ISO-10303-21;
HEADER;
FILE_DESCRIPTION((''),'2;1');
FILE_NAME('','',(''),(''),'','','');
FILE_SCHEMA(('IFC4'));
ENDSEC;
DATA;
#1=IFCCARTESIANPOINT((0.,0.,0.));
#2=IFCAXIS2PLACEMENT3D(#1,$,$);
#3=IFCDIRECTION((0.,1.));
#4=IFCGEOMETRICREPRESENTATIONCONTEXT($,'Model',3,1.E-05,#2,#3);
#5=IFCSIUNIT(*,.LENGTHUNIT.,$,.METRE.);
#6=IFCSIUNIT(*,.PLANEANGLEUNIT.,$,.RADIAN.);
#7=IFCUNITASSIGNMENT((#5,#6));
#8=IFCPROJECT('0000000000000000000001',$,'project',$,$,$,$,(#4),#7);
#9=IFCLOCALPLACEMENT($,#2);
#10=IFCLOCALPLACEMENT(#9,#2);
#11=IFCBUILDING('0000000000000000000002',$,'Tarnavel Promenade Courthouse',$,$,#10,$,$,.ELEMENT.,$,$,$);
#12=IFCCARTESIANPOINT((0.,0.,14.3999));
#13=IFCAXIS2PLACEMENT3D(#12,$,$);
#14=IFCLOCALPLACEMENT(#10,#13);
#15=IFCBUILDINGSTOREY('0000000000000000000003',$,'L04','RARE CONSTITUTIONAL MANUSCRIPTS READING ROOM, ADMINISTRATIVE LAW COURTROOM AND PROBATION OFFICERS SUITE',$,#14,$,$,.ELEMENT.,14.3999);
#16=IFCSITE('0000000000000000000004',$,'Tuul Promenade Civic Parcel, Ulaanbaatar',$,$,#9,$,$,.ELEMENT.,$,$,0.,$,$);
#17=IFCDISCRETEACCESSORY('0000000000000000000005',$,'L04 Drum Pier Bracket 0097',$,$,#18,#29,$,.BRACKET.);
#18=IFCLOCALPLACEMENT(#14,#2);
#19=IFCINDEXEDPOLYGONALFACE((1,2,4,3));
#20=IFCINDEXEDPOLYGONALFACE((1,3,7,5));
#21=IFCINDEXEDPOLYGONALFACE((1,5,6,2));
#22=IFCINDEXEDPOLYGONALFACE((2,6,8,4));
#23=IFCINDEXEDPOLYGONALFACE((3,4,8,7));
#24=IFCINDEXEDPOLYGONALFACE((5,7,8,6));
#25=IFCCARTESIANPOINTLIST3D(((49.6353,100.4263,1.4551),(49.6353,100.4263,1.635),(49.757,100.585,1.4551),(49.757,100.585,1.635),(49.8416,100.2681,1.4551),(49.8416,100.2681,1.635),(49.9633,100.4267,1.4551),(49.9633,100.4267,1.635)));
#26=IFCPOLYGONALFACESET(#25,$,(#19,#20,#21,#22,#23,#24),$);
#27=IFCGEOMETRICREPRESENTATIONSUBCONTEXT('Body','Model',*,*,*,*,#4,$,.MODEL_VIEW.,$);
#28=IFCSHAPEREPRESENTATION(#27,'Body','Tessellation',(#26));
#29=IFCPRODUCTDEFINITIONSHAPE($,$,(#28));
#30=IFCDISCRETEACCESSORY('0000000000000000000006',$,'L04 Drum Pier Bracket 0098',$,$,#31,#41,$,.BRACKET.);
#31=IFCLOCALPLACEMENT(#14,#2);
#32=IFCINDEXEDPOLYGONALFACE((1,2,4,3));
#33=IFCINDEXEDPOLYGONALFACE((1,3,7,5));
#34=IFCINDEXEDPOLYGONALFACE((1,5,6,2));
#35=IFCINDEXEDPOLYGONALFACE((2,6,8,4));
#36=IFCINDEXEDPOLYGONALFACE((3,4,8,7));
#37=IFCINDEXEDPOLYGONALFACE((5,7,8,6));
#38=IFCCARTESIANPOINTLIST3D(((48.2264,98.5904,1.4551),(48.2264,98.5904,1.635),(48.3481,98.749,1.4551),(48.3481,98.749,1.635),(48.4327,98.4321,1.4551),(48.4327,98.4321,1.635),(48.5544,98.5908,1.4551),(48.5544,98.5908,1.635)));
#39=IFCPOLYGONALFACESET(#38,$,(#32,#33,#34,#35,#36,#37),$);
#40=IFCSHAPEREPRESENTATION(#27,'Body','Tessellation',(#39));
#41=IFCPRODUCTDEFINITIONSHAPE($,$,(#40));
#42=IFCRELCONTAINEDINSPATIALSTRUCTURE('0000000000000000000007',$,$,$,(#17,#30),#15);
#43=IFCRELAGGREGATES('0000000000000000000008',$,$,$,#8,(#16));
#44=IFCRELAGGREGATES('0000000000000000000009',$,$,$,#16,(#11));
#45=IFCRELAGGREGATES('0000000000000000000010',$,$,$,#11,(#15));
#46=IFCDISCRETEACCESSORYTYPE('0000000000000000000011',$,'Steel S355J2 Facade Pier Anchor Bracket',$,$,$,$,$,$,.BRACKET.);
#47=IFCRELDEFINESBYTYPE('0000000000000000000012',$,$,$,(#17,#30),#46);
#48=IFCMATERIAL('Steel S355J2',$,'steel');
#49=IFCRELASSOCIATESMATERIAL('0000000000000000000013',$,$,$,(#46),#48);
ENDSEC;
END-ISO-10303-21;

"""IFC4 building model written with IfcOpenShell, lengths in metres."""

from ifc_helpers import new_model, si_unit, direction, frame, origin, origin_2d, place, context, subcontext, project, spatial, rectangle, extrude, material, type_object, element, save


model = new_model("IFC4")

# Units and contexts
model_context = context("Model", 3, precision=1e-05, world=origin(), true_north=direction((0.0, 1.0)))
body_context = subcontext(model_context, "Body", "Model", "MODEL_VIEW")
ifc_project = project(units=[si_unit("LENGTHUNIT", "METRE"), si_unit("PLANEANGLEUNIT", "RADIAN")], contexts=[model_context])

# Site, building, storey
site_placement = place(None, origin())
site = spatial("IfcSite", under=ifc_project, at=site_placement, Name="Tuul Promenade Civic Parcel, Ulaanbaatar", CompositionType="ELEMENT", RefElevation=0.0)
building_placement = place(site_placement, origin())
building = spatial("IfcBuilding", under=site, at=building_placement, Name="Tarnavel Promenade Courthouse", CompositionType="ELEMENT")
storey_placement = place(building_placement, frame((0.0, 0.0, 14.3999)))
storey = spatial("IfcBuildingStorey", under=building, at=storey_placement, Name="L04", Description="RARE CONSTITUTIONAL MANUSCRIPTS READING ROOM, ADMINISTRATIVE LAW COURTROOM AND PROBATION OFFICERS SUITE", CompositionType="ELEMENT", Elevation=14.3999)

# Discrete accessories
ifc_material_1 = material(Name="Steel S355J2", Category="steel")
discrete_accessory_type = type_object("IfcDiscreteAccessoryType", Name="Steel S355J2 Facade Pier Anchor Bracket", PredefinedType="BRACKET", material=ifc_material_1)
for number, where, z_axis, x_axis, name in (
    (1, (49.7993, 100.4265, 1.4551), (0.0, 0.0, 1.0), (-0.608761, -0.793353, 0.0), "L04 Drum Pier Bracket 0097"),
    (2, (48.3904, 98.5906, 1.4551), (0.0, 0.0, 1.0), (-0.608761, -0.793353, 0.0), "L04 Drum Pier Bracket 0098"),
):
    element("IfcDiscreteAccessory", number, at=place(storey_placement, frame(where, z_axis=z_axis, x_axis=x_axis)), inside=storey, type_object=discrete_accessory_type, Name=name, PredefinedType="BRACKET", context=body_context, shape_type="SweptSolid", body=[
        extrude(rectangle(XDim=0.2, YDim=0.26, at=origin_2d()), origin(), (0.0, 0.0, 1.0), 0.1799),
    ])

save(model, "model.ifc")
